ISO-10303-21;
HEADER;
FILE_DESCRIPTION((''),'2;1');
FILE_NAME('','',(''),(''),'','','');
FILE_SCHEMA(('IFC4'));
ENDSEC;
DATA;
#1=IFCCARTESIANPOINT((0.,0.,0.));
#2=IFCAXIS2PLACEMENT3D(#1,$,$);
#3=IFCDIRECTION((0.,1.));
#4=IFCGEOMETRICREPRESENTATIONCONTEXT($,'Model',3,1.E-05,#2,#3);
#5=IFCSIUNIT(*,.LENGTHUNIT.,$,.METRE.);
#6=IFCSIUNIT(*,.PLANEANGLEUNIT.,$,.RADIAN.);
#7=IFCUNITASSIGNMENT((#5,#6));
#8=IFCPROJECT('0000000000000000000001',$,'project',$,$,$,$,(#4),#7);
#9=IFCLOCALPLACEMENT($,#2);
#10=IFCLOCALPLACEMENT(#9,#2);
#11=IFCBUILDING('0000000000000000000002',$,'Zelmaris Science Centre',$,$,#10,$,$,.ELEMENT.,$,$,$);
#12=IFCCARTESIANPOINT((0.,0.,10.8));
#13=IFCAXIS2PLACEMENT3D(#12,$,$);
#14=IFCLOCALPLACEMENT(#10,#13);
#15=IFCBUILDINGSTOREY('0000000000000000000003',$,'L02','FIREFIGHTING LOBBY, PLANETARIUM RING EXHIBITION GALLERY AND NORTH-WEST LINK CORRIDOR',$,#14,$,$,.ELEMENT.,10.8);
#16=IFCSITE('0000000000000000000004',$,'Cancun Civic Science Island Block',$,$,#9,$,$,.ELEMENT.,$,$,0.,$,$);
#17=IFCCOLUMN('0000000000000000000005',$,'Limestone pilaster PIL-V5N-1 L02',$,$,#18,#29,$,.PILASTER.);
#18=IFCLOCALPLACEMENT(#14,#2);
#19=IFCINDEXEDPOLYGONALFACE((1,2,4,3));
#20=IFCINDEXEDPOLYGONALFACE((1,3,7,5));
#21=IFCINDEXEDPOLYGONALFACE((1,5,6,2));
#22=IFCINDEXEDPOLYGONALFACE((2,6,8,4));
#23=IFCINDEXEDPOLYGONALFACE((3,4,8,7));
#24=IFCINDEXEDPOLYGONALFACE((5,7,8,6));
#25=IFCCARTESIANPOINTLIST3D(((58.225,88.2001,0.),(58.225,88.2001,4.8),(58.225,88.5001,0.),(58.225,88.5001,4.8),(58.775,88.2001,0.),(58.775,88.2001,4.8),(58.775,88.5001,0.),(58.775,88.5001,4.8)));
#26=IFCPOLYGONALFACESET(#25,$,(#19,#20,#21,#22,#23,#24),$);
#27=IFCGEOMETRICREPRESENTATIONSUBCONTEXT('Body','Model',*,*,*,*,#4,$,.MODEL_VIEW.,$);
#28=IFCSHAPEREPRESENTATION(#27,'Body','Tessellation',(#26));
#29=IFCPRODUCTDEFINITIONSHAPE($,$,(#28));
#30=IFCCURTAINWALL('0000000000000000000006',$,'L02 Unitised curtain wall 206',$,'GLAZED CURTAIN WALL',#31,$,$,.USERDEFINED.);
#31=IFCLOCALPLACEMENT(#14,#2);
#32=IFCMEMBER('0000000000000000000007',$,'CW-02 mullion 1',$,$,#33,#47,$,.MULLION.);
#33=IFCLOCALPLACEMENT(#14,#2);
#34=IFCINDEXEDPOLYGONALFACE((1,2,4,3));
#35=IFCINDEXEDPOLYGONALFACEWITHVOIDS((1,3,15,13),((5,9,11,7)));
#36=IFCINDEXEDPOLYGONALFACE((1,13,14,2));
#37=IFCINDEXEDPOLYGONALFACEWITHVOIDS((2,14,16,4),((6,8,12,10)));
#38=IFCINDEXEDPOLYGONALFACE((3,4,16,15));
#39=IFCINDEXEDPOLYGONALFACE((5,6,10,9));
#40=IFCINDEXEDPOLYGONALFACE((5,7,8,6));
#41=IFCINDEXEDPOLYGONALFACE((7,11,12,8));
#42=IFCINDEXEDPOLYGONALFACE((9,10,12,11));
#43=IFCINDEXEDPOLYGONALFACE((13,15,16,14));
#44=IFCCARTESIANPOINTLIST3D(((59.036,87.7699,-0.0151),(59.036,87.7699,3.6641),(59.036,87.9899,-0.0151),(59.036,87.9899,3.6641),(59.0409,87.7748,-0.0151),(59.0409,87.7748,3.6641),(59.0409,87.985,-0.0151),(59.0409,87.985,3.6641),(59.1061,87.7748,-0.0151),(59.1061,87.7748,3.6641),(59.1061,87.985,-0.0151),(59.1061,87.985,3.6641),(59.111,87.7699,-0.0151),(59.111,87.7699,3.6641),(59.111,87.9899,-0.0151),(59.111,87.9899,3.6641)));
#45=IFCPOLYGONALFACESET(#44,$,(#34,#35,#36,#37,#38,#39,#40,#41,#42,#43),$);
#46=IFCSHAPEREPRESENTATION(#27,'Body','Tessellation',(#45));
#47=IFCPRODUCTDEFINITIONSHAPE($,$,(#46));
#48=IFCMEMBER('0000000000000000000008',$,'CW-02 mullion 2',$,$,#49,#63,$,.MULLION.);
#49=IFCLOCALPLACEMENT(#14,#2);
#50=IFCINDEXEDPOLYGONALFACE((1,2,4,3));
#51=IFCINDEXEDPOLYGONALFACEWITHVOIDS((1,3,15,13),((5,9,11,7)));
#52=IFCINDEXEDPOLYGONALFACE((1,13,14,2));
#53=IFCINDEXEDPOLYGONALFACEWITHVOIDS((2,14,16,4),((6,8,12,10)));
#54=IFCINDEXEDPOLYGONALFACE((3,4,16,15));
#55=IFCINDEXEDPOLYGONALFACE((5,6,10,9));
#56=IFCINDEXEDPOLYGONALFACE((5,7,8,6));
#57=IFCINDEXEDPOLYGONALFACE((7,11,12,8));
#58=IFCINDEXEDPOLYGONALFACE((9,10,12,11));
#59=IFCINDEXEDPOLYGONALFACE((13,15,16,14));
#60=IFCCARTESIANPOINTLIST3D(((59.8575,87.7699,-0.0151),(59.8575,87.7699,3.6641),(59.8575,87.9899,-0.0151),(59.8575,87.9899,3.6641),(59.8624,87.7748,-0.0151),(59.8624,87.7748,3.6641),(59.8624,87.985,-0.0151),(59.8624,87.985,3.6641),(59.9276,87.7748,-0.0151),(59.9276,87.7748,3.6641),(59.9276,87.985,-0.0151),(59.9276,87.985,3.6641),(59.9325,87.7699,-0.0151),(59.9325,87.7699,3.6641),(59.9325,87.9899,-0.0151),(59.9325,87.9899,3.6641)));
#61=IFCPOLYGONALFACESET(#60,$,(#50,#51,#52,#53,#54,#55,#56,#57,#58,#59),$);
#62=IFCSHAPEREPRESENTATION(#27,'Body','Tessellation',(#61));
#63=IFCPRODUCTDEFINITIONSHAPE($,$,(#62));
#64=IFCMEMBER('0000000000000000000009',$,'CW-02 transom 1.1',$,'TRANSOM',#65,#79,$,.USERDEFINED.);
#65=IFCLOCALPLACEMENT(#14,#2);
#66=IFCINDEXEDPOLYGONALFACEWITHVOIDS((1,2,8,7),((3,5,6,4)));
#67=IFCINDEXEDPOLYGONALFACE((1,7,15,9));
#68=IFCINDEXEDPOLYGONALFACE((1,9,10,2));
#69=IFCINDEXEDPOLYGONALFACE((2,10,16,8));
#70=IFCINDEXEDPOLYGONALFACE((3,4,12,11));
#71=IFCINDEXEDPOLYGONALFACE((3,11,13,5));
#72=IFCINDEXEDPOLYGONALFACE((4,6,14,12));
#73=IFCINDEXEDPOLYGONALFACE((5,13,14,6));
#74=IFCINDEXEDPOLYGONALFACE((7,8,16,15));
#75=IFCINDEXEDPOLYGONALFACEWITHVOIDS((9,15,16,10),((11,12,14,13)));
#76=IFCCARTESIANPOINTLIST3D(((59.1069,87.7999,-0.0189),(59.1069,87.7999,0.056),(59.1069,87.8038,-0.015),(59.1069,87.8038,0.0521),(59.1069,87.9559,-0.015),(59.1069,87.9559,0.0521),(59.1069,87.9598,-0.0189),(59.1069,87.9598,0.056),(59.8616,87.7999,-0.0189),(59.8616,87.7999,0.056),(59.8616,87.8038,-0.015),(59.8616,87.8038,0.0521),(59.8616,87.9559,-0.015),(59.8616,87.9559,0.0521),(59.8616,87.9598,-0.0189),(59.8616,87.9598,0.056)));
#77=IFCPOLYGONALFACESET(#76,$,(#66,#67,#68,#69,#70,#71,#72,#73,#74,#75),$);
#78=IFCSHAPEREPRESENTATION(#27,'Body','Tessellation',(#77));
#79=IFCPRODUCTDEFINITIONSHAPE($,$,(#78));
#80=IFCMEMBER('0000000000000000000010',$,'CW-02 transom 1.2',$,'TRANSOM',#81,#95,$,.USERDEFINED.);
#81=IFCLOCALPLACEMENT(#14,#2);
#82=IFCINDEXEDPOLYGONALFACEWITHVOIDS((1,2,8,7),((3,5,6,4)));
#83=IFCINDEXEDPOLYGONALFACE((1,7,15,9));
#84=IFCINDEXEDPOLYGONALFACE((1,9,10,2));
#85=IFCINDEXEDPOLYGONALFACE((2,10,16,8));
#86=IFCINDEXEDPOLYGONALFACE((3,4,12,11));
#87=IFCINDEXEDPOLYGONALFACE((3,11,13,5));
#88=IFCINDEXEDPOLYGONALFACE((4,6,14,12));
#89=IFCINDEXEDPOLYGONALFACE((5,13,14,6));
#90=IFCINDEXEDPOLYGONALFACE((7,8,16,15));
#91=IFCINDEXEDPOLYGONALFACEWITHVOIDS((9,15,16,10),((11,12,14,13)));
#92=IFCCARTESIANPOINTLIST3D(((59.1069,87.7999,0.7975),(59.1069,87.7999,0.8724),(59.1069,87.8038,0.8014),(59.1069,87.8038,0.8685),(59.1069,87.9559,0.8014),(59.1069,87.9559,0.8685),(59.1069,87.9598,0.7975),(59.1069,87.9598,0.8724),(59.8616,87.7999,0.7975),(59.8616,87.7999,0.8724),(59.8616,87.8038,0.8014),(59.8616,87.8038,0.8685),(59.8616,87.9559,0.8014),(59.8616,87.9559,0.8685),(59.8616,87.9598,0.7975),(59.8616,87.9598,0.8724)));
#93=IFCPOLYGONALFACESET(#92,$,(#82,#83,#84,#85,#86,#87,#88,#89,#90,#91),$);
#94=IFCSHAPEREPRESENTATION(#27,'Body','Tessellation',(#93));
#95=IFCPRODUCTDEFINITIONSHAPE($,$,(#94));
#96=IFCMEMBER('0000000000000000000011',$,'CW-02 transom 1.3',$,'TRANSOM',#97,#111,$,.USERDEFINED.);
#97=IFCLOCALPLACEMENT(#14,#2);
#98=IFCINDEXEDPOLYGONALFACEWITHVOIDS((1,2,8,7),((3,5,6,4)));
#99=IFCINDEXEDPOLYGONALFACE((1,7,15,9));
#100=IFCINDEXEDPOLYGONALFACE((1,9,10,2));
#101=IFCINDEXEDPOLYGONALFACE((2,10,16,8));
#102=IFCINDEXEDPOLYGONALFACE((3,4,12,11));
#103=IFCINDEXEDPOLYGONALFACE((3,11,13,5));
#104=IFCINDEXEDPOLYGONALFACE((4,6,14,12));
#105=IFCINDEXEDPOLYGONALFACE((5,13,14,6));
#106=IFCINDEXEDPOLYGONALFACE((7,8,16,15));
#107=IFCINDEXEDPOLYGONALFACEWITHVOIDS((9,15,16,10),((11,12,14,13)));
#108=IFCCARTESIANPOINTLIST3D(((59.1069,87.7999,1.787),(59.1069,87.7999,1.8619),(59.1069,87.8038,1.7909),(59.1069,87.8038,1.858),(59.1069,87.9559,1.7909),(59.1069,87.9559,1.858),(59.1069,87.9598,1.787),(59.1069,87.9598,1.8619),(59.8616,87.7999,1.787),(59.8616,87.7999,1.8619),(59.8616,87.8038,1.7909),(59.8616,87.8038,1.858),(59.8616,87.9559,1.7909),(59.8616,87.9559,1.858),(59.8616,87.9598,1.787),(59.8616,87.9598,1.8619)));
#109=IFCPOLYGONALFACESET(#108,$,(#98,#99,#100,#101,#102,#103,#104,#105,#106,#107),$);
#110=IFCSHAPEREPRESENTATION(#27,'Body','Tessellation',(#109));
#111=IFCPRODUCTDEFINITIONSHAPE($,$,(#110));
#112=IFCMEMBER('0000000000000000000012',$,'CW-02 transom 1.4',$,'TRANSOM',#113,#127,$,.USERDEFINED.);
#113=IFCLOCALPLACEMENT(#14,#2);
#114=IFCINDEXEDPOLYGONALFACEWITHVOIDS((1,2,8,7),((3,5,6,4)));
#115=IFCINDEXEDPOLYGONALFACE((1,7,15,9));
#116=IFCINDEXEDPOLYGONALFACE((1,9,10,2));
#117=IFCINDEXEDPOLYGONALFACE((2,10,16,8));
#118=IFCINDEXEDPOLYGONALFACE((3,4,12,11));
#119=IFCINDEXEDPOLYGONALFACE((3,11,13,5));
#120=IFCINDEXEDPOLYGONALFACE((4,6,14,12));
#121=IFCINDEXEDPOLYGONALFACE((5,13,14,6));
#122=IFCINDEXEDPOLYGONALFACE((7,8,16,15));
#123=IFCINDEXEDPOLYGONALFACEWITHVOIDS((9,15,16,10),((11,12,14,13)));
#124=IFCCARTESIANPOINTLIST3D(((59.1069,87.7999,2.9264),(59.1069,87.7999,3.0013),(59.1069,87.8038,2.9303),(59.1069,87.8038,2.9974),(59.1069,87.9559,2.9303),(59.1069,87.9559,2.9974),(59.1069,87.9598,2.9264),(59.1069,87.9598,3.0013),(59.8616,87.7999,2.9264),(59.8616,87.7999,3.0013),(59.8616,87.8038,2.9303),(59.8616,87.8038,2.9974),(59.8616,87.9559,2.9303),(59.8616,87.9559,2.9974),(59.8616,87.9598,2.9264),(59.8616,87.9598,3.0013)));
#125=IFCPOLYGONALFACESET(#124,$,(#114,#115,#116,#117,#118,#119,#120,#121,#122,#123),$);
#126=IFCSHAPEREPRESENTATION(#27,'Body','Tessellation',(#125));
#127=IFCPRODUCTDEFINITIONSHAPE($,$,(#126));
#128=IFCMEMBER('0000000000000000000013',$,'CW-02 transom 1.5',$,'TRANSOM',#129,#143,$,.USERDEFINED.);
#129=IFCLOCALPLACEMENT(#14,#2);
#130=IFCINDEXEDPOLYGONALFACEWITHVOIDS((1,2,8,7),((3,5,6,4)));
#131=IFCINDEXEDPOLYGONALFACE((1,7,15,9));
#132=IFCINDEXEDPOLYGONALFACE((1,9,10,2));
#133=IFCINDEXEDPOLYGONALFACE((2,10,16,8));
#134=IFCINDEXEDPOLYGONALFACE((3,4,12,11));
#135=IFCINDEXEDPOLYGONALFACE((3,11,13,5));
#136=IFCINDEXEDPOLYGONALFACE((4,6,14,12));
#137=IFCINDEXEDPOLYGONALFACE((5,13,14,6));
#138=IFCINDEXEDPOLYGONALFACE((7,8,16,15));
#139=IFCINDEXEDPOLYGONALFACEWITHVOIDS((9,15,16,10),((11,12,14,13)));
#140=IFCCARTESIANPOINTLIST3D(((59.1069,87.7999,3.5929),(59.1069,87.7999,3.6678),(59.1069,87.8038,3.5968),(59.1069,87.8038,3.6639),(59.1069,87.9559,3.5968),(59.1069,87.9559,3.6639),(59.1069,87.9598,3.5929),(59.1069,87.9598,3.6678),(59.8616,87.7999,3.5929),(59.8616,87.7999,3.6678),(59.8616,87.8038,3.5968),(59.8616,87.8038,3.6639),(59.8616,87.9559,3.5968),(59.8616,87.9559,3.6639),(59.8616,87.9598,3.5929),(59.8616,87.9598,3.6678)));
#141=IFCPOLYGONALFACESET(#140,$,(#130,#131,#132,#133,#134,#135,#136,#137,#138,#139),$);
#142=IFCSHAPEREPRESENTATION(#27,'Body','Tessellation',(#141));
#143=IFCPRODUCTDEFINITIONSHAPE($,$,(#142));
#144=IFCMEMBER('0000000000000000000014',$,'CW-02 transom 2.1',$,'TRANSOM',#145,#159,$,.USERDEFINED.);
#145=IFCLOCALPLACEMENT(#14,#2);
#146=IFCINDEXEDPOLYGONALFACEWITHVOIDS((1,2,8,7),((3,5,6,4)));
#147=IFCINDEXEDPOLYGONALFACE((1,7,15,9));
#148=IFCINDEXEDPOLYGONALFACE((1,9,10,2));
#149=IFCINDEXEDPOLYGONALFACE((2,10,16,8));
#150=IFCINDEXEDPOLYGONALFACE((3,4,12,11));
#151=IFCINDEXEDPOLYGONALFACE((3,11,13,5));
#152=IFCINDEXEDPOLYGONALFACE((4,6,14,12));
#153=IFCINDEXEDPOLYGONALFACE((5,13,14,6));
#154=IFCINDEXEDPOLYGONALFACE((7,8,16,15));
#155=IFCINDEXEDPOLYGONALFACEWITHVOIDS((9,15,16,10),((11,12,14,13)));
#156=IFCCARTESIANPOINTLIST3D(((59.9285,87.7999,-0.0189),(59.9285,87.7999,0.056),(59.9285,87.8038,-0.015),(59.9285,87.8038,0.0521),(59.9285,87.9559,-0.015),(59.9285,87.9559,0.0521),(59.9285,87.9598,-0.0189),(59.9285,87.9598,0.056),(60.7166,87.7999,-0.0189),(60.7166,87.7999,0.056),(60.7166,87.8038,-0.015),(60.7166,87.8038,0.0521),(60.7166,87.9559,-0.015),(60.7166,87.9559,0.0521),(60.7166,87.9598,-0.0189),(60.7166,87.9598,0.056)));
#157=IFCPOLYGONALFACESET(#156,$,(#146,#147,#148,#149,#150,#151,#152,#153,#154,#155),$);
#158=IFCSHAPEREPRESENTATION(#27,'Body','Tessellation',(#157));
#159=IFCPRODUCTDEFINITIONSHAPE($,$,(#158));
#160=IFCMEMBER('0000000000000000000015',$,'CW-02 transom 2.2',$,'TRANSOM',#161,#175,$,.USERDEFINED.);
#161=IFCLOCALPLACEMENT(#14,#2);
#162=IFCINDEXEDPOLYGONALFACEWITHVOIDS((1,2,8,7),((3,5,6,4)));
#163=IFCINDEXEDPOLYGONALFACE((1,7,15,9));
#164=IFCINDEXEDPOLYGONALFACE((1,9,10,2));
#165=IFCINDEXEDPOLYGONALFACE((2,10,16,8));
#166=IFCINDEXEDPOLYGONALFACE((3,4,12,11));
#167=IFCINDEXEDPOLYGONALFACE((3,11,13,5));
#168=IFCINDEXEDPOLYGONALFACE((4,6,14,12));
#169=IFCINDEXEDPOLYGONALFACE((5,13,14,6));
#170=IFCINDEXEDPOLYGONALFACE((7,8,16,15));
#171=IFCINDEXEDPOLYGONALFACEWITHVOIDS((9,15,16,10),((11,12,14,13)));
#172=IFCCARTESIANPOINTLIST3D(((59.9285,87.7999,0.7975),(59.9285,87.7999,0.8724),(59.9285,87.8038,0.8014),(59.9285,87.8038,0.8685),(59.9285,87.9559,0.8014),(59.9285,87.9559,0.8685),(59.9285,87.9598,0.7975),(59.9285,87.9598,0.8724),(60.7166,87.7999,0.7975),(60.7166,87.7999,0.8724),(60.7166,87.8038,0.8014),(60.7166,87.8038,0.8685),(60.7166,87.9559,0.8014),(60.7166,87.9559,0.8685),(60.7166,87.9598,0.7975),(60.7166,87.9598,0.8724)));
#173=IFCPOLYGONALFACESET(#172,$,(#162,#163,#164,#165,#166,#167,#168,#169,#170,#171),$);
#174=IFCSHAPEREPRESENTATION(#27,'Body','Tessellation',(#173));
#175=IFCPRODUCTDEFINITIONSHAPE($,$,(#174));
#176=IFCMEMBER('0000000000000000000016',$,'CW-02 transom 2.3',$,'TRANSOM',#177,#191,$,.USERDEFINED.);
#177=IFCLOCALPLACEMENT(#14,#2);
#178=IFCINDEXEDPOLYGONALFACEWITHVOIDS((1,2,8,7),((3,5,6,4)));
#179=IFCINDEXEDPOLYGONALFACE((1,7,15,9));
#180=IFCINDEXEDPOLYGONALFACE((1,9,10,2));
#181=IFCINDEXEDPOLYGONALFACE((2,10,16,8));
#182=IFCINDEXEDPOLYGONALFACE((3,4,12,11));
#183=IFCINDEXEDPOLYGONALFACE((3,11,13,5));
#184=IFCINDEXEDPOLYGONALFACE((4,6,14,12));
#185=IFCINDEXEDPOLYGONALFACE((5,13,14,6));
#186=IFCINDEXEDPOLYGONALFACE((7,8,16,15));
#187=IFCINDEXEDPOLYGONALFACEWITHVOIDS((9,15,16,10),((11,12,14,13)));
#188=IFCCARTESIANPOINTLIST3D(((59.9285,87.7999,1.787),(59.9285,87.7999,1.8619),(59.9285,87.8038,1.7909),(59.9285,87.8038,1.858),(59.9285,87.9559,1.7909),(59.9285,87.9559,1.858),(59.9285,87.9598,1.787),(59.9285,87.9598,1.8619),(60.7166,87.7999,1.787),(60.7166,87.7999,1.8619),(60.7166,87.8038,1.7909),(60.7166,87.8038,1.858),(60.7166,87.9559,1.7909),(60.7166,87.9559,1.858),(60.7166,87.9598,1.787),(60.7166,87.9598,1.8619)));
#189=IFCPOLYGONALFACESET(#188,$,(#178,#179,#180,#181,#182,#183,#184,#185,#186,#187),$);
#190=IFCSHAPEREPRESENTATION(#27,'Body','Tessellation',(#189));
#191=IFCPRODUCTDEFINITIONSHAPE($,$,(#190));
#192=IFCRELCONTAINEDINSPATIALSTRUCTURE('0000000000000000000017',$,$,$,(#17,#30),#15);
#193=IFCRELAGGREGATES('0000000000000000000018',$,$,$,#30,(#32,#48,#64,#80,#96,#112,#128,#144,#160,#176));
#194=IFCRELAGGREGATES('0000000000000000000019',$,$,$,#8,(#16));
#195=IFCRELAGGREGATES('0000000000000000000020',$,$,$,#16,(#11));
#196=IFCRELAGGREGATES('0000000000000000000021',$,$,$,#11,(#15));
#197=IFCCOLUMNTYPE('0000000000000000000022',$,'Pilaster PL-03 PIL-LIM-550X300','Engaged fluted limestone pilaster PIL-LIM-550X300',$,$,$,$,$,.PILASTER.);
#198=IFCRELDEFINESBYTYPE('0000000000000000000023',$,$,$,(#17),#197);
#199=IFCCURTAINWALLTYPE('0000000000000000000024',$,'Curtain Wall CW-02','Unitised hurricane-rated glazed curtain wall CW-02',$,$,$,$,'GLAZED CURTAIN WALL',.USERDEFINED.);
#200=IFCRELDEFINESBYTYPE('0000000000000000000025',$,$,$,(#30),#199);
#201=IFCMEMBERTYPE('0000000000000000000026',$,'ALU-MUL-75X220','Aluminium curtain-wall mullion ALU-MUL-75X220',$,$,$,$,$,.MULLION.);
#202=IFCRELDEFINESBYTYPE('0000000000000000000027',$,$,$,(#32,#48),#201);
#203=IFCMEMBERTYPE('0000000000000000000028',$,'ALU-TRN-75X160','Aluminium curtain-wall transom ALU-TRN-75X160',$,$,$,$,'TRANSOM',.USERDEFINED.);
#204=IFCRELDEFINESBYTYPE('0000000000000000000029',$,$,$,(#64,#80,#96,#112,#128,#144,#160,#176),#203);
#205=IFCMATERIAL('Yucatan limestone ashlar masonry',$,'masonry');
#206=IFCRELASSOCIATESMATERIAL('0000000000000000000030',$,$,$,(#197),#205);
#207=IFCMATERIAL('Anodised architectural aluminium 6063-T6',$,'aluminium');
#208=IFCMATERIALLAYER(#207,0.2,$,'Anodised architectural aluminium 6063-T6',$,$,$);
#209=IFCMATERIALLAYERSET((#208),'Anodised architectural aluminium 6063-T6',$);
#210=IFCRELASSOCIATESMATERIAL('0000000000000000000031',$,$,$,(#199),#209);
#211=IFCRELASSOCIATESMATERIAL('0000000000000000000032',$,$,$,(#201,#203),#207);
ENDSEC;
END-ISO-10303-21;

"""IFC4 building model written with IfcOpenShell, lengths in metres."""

from ifc_helpers import new_model, si_unit, direction, frame, origin, origin_2d, place, context, subcontext, project, spatial, rectangle, hollow_rectangle, extrude, material, layer, layer_set, material_profile, profile_set, type_object, element, aggregate, save


model = new_model("IFC4")

# Units and contexts
model_context = context("Model", 3, precision=1e-05, world=origin(), true_north=direction((0.0, 1.0)))
body_context = subcontext(model_context, "Body", "Model", "MODEL_VIEW")
ifc_project = project(units=[si_unit("LENGTHUNIT", "METRE"), si_unit("PLANEANGLEUNIT", "RADIAN")], contexts=[model_context])

# Site, building, storey
site_placement = place(None, origin())
site = spatial("IfcSite", under=ifc_project, at=site_placement, Name="Cancun Civic Science Island Block", CompositionType="ELEMENT", RefElevation=0.0)
building_placement = place(site_placement, origin())
building = spatial("IfcBuilding", under=site, at=building_placement, Name="Zelmaris Science Centre", CompositionType="ELEMENT")
storey_placement = place(building_placement, frame((0.0, 0.0, 10.8)))
storey = spatial("IfcBuildingStorey", under=building, at=storey_placement, Name="L02", Description="FIREFIGHTING LOBBY, PLANETARIUM RING EXHIBITION GALLERY AND NORTH-WEST LINK CORRIDOR", CompositionType="ELEMENT", Elevation=10.8)

# Column
ifc_material_1 = material(Name="Yucatan limestone ashlar masonry", Category="masonry")
ifc_material_profile_1 = material_profile(ifc_material_1, rectangle(XDim=0.55, YDim=0.3, at=origin_2d()), Name="PIL-LIM-550X300")
ifc_profile_set_1 = profile_set([ifc_material_profile_1], Name="Yucatan limestone ashlar masonry")
column_type = type_object("IfcColumnType", Name="Pilaster PL-03 PIL-LIM-550X300", Description="Engaged fluted limestone pilaster PIL-LIM-550X300", PredefinedType="PILASTER", material=ifc_profile_set_1)
column_placement = place(storey_placement, frame((58.5, 88.3501, 0.0), z_axis=(0.0, 0.0, 1.0), x_axis=(1.0, 0.0, 0.0)))
element("IfcColumn", 1, at=column_placement, inside=storey, type_object=column_type, Name="Limestone pilaster PIL-V5N-1 L02", PredefinedType="PILASTER", context=body_context, shape_type="SweptSolid", body=[
    extrude(rectangle(XDim=0.55, YDim=0.3, at=origin_2d()), origin(), (0.0, 0.0, 1.0), 4.8),
])

# Curtain wall, members
ifc_material_2 = material(Name="Anodised architectural aluminium 6063-T6", Category="aluminium")
ifc_layer_1 = layer(ifc_material_2, 0.2, Name="Anodised architectural aluminium 6063-T6")
ifc_layer_set_1 = layer_set([ifc_layer_1], Name="Anodised architectural aluminium 6063-T6")
curtain_wall_type = type_object("IfcCurtainWallType", Name="Curtain Wall CW-02", Description="Unitised hurricane-rated glazed curtain wall CW-02", ElementType="GLAZED CURTAIN WALL", PredefinedType="USERDEFINED", material=ifc_layer_set_1)
curtain_wall_placement = place(storey_placement, origin())
curtain_wall = element("IfcCurtainWall", 2, at=curtain_wall_placement, inside=storey, type_object=curtain_wall_type, Name="L02 Unitised curtain wall 206", ObjectType="GLAZED CURTAIN WALL", PredefinedType="USERDEFINED")
ifc_material_profile_2 = material_profile(ifc_material_2, hollow_rectangle(XDim=0.075, YDim=0.22, WallThickness=0.0049, at=origin_2d()), Name="ALU-MUL-75X220")
ifc_profile_set_2 = profile_set([ifc_material_profile_2], Name="Anodised architectural aluminium 6063-T6")
member_type_1 = type_object("IfcMemberType", Name="ALU-MUL-75X220", Description="Aluminium curtain-wall mullion ALU-MUL-75X220", PredefinedType="MULLION", material=ifc_profile_set_2)
member_1_placement = place(storey_placement, frame((59.0735, 87.8799, -0.0151), z_axis=(0.0, 0.0, 1.0), x_axis=(1.0, 0.0, 0.0)))
member_1 = element("IfcMember", 3, at=member_1_placement, type_object=member_type_1, Name="CW-02 mullion 1", PredefinedType="MULLION", context=body_context, shape_type="SweptSolid", body=[
    extrude(hollow_rectangle(XDim=0.075, YDim=0.22, WallThickness=0.0049, at=origin_2d()), origin(), (0.0, 0.0, 1.0), 3.6792),
])
member_2_placement = place(storey_placement, frame((59.895, 87.8799, -0.0151), z_axis=(0.0, 0.0, 1.0), x_axis=(1.0, 0.0, 0.0)))
member_2 = element("IfcMember", 4, at=member_2_placement, type_object=member_type_1, Name="CW-02 mullion 2", PredefinedType="MULLION", context=body_context, shape_type="SweptSolid", body=[
    extrude(hollow_rectangle(XDim=0.075, YDim=0.22, WallThickness=0.0049, at=origin_2d()), origin(), (0.0, 0.0, 1.0), 3.6792),
])
ifc_material_profile_3 = material_profile(ifc_material_2, hollow_rectangle(XDim=0.075, YDim=0.1599, WallThickness=0.0039, at=origin_2d()), Name="ALU-TRN-75X160")
ifc_profile_set_3 = profile_set([ifc_material_profile_3], Name="Anodised architectural aluminium 6063-T6")
member_type_2 = type_object("IfcMemberType", Name="ALU-TRN-75X160", Description="Aluminium curtain-wall transom ALU-TRN-75X160", ElementType="TRANSOM", PredefinedType="USERDEFINED", material=ifc_profile_set_3)
member_3_placement = place(storey_placement, frame((59.1069, 87.8799, 0.0186), z_axis=(1.0, 0.0, 0.0), x_axis=(0.0, 0.0, 1.0)))
member_3 = element("IfcMember", 5, at=member_3_placement, type_object=member_type_2, Name="CW-02 transom 1.1", ObjectType="TRANSOM", PredefinedType="USERDEFINED", context=body_context, shape_type="SweptSolid", body=[
    extrude(hollow_rectangle(XDim=0.075, YDim=0.1599, WallThickness=0.0039, at=origin_2d()), origin(), (0.0, 0.0, 1.0), 0.7546),
])
member_4_placement = place(storey_placement, frame((59.1069, 87.8799, 0.835), z_axis=(1.0, 0.0, 0.0), x_axis=(0.0, 0.0, 1.0)))
member_4 = element("IfcMember", 6, at=member_4_placement, type_object=member_type_2, Name="CW-02 transom 1.2", ObjectType="TRANSOM", PredefinedType="USERDEFINED", context=body_context, shape_type="SweptSolid", body=[
    extrude(hollow_rectangle(XDim=0.075, YDim=0.1599, WallThickness=0.0039, at=origin_2d()), origin(), (0.0, 0.0, 1.0), 0.7546),
])
member_5_placement = place(storey_placement, frame((59.1069, 87.8799, 1.8245), z_axis=(1.0, 0.0, 0.0), x_axis=(0.0, 0.0, 1.0)))
member_5 = element("IfcMember", 7, at=member_5_placement, type_object=member_type_2, Name="CW-02 transom 1.3", ObjectType="TRANSOM", PredefinedType="USERDEFINED", context=body_context, shape_type="SweptSolid", body=[
    extrude(hollow_rectangle(XDim=0.075, YDim=0.1599, WallThickness=0.0039, at=origin_2d()), origin(), (0.0, 0.0, 1.0), 0.7546),
])
member_6_placement = place(storey_placement, frame((59.1069, 87.8799, 2.9639), z_axis=(1.0, 0.0, 0.0), x_axis=(0.0, 0.0, 1.0)))
member_6 = element("IfcMember", 8, at=member_6_placement, type_object=member_type_2, Name="CW-02 transom 1.4", ObjectType="TRANSOM", PredefinedType="USERDEFINED", context=body_context, shape_type="SweptSolid", body=[
    extrude(hollow_rectangle(XDim=0.075, YDim=0.1599, WallThickness=0.0039, at=origin_2d()), origin(), (0.0, 0.0, 1.0), 0.7546),
])
member_7_placement = place(storey_placement, frame((59.1069, 87.8799, 3.6304), z_axis=(1.0, 0.0, 0.0), x_axis=(0.0, 0.0, 1.0)))
member_7 = element("IfcMember", 9, at=member_7_placement, type_object=member_type_2, Name="CW-02 transom 1.5", ObjectType="TRANSOM", PredefinedType="USERDEFINED", context=body_context, shape_type="SweptSolid", body=[
    extrude(hollow_rectangle(XDim=0.075, YDim=0.1599, WallThickness=0.0039, at=origin_2d()), origin(), (0.0, 0.0, 1.0), 0.7546),
])
member_8_placement = place(storey_placement, frame((59.9285, 87.8799, 0.0186), z_axis=(1.0, 0.0, 0.0), x_axis=(0.0, 0.0, 1.0)))
member_8 = element("IfcMember", 10, at=member_8_placement, type_object=member_type_2, Name="CW-02 transom 2.1", ObjectType="TRANSOM", PredefinedType="USERDEFINED", context=body_context, shape_type="SweptSolid", body=[
    extrude(hollow_rectangle(XDim=0.075, YDim=0.1599, WallThickness=0.0039, at=origin_2d()), origin(), (0.0, 0.0, 1.0), 0.7881),
])
member_9_placement = place(storey_placement, frame((59.9285, 87.8799, 0.835), z_axis=(1.0, 0.0, 0.0), x_axis=(0.0, 0.0, 1.0)))
member_9 = element("IfcMember", 11, at=member_9_placement, type_object=member_type_2, Name="CW-02 transom 2.2", ObjectType="TRANSOM", PredefinedType="USERDEFINED", context=body_context, shape_type="SweptSolid", body=[
    extrude(hollow_rectangle(XDim=0.075, YDim=0.1599, WallThickness=0.0039, at=origin_2d()), origin(), (0.0, 0.0, 1.0), 0.7881),
])
member_10_placement = place(storey_placement, frame((59.9285, 87.8799, 1.8245), z_axis=(1.0, 0.0, 0.0), x_axis=(0.0, 0.0, 1.0)))
member_10 = element("IfcMember", 12, at=member_10_placement, type_object=member_type_2, Name="CW-02 transom 2.3", ObjectType="TRANSOM", PredefinedType="USERDEFINED", context=body_context, shape_type="SweptSolid", body=[
    extrude(hollow_rectangle(XDim=0.075, YDim=0.1599, WallThickness=0.0039, at=origin_2d()), origin(), (0.0, 0.0, 1.0), 0.7881),
])
aggregate(curtain_wall, [member_1, member_2, member_3, member_4, member_5, member_6, member_7, member_8, member_9, member_10])

save(model, "model.ifc")
